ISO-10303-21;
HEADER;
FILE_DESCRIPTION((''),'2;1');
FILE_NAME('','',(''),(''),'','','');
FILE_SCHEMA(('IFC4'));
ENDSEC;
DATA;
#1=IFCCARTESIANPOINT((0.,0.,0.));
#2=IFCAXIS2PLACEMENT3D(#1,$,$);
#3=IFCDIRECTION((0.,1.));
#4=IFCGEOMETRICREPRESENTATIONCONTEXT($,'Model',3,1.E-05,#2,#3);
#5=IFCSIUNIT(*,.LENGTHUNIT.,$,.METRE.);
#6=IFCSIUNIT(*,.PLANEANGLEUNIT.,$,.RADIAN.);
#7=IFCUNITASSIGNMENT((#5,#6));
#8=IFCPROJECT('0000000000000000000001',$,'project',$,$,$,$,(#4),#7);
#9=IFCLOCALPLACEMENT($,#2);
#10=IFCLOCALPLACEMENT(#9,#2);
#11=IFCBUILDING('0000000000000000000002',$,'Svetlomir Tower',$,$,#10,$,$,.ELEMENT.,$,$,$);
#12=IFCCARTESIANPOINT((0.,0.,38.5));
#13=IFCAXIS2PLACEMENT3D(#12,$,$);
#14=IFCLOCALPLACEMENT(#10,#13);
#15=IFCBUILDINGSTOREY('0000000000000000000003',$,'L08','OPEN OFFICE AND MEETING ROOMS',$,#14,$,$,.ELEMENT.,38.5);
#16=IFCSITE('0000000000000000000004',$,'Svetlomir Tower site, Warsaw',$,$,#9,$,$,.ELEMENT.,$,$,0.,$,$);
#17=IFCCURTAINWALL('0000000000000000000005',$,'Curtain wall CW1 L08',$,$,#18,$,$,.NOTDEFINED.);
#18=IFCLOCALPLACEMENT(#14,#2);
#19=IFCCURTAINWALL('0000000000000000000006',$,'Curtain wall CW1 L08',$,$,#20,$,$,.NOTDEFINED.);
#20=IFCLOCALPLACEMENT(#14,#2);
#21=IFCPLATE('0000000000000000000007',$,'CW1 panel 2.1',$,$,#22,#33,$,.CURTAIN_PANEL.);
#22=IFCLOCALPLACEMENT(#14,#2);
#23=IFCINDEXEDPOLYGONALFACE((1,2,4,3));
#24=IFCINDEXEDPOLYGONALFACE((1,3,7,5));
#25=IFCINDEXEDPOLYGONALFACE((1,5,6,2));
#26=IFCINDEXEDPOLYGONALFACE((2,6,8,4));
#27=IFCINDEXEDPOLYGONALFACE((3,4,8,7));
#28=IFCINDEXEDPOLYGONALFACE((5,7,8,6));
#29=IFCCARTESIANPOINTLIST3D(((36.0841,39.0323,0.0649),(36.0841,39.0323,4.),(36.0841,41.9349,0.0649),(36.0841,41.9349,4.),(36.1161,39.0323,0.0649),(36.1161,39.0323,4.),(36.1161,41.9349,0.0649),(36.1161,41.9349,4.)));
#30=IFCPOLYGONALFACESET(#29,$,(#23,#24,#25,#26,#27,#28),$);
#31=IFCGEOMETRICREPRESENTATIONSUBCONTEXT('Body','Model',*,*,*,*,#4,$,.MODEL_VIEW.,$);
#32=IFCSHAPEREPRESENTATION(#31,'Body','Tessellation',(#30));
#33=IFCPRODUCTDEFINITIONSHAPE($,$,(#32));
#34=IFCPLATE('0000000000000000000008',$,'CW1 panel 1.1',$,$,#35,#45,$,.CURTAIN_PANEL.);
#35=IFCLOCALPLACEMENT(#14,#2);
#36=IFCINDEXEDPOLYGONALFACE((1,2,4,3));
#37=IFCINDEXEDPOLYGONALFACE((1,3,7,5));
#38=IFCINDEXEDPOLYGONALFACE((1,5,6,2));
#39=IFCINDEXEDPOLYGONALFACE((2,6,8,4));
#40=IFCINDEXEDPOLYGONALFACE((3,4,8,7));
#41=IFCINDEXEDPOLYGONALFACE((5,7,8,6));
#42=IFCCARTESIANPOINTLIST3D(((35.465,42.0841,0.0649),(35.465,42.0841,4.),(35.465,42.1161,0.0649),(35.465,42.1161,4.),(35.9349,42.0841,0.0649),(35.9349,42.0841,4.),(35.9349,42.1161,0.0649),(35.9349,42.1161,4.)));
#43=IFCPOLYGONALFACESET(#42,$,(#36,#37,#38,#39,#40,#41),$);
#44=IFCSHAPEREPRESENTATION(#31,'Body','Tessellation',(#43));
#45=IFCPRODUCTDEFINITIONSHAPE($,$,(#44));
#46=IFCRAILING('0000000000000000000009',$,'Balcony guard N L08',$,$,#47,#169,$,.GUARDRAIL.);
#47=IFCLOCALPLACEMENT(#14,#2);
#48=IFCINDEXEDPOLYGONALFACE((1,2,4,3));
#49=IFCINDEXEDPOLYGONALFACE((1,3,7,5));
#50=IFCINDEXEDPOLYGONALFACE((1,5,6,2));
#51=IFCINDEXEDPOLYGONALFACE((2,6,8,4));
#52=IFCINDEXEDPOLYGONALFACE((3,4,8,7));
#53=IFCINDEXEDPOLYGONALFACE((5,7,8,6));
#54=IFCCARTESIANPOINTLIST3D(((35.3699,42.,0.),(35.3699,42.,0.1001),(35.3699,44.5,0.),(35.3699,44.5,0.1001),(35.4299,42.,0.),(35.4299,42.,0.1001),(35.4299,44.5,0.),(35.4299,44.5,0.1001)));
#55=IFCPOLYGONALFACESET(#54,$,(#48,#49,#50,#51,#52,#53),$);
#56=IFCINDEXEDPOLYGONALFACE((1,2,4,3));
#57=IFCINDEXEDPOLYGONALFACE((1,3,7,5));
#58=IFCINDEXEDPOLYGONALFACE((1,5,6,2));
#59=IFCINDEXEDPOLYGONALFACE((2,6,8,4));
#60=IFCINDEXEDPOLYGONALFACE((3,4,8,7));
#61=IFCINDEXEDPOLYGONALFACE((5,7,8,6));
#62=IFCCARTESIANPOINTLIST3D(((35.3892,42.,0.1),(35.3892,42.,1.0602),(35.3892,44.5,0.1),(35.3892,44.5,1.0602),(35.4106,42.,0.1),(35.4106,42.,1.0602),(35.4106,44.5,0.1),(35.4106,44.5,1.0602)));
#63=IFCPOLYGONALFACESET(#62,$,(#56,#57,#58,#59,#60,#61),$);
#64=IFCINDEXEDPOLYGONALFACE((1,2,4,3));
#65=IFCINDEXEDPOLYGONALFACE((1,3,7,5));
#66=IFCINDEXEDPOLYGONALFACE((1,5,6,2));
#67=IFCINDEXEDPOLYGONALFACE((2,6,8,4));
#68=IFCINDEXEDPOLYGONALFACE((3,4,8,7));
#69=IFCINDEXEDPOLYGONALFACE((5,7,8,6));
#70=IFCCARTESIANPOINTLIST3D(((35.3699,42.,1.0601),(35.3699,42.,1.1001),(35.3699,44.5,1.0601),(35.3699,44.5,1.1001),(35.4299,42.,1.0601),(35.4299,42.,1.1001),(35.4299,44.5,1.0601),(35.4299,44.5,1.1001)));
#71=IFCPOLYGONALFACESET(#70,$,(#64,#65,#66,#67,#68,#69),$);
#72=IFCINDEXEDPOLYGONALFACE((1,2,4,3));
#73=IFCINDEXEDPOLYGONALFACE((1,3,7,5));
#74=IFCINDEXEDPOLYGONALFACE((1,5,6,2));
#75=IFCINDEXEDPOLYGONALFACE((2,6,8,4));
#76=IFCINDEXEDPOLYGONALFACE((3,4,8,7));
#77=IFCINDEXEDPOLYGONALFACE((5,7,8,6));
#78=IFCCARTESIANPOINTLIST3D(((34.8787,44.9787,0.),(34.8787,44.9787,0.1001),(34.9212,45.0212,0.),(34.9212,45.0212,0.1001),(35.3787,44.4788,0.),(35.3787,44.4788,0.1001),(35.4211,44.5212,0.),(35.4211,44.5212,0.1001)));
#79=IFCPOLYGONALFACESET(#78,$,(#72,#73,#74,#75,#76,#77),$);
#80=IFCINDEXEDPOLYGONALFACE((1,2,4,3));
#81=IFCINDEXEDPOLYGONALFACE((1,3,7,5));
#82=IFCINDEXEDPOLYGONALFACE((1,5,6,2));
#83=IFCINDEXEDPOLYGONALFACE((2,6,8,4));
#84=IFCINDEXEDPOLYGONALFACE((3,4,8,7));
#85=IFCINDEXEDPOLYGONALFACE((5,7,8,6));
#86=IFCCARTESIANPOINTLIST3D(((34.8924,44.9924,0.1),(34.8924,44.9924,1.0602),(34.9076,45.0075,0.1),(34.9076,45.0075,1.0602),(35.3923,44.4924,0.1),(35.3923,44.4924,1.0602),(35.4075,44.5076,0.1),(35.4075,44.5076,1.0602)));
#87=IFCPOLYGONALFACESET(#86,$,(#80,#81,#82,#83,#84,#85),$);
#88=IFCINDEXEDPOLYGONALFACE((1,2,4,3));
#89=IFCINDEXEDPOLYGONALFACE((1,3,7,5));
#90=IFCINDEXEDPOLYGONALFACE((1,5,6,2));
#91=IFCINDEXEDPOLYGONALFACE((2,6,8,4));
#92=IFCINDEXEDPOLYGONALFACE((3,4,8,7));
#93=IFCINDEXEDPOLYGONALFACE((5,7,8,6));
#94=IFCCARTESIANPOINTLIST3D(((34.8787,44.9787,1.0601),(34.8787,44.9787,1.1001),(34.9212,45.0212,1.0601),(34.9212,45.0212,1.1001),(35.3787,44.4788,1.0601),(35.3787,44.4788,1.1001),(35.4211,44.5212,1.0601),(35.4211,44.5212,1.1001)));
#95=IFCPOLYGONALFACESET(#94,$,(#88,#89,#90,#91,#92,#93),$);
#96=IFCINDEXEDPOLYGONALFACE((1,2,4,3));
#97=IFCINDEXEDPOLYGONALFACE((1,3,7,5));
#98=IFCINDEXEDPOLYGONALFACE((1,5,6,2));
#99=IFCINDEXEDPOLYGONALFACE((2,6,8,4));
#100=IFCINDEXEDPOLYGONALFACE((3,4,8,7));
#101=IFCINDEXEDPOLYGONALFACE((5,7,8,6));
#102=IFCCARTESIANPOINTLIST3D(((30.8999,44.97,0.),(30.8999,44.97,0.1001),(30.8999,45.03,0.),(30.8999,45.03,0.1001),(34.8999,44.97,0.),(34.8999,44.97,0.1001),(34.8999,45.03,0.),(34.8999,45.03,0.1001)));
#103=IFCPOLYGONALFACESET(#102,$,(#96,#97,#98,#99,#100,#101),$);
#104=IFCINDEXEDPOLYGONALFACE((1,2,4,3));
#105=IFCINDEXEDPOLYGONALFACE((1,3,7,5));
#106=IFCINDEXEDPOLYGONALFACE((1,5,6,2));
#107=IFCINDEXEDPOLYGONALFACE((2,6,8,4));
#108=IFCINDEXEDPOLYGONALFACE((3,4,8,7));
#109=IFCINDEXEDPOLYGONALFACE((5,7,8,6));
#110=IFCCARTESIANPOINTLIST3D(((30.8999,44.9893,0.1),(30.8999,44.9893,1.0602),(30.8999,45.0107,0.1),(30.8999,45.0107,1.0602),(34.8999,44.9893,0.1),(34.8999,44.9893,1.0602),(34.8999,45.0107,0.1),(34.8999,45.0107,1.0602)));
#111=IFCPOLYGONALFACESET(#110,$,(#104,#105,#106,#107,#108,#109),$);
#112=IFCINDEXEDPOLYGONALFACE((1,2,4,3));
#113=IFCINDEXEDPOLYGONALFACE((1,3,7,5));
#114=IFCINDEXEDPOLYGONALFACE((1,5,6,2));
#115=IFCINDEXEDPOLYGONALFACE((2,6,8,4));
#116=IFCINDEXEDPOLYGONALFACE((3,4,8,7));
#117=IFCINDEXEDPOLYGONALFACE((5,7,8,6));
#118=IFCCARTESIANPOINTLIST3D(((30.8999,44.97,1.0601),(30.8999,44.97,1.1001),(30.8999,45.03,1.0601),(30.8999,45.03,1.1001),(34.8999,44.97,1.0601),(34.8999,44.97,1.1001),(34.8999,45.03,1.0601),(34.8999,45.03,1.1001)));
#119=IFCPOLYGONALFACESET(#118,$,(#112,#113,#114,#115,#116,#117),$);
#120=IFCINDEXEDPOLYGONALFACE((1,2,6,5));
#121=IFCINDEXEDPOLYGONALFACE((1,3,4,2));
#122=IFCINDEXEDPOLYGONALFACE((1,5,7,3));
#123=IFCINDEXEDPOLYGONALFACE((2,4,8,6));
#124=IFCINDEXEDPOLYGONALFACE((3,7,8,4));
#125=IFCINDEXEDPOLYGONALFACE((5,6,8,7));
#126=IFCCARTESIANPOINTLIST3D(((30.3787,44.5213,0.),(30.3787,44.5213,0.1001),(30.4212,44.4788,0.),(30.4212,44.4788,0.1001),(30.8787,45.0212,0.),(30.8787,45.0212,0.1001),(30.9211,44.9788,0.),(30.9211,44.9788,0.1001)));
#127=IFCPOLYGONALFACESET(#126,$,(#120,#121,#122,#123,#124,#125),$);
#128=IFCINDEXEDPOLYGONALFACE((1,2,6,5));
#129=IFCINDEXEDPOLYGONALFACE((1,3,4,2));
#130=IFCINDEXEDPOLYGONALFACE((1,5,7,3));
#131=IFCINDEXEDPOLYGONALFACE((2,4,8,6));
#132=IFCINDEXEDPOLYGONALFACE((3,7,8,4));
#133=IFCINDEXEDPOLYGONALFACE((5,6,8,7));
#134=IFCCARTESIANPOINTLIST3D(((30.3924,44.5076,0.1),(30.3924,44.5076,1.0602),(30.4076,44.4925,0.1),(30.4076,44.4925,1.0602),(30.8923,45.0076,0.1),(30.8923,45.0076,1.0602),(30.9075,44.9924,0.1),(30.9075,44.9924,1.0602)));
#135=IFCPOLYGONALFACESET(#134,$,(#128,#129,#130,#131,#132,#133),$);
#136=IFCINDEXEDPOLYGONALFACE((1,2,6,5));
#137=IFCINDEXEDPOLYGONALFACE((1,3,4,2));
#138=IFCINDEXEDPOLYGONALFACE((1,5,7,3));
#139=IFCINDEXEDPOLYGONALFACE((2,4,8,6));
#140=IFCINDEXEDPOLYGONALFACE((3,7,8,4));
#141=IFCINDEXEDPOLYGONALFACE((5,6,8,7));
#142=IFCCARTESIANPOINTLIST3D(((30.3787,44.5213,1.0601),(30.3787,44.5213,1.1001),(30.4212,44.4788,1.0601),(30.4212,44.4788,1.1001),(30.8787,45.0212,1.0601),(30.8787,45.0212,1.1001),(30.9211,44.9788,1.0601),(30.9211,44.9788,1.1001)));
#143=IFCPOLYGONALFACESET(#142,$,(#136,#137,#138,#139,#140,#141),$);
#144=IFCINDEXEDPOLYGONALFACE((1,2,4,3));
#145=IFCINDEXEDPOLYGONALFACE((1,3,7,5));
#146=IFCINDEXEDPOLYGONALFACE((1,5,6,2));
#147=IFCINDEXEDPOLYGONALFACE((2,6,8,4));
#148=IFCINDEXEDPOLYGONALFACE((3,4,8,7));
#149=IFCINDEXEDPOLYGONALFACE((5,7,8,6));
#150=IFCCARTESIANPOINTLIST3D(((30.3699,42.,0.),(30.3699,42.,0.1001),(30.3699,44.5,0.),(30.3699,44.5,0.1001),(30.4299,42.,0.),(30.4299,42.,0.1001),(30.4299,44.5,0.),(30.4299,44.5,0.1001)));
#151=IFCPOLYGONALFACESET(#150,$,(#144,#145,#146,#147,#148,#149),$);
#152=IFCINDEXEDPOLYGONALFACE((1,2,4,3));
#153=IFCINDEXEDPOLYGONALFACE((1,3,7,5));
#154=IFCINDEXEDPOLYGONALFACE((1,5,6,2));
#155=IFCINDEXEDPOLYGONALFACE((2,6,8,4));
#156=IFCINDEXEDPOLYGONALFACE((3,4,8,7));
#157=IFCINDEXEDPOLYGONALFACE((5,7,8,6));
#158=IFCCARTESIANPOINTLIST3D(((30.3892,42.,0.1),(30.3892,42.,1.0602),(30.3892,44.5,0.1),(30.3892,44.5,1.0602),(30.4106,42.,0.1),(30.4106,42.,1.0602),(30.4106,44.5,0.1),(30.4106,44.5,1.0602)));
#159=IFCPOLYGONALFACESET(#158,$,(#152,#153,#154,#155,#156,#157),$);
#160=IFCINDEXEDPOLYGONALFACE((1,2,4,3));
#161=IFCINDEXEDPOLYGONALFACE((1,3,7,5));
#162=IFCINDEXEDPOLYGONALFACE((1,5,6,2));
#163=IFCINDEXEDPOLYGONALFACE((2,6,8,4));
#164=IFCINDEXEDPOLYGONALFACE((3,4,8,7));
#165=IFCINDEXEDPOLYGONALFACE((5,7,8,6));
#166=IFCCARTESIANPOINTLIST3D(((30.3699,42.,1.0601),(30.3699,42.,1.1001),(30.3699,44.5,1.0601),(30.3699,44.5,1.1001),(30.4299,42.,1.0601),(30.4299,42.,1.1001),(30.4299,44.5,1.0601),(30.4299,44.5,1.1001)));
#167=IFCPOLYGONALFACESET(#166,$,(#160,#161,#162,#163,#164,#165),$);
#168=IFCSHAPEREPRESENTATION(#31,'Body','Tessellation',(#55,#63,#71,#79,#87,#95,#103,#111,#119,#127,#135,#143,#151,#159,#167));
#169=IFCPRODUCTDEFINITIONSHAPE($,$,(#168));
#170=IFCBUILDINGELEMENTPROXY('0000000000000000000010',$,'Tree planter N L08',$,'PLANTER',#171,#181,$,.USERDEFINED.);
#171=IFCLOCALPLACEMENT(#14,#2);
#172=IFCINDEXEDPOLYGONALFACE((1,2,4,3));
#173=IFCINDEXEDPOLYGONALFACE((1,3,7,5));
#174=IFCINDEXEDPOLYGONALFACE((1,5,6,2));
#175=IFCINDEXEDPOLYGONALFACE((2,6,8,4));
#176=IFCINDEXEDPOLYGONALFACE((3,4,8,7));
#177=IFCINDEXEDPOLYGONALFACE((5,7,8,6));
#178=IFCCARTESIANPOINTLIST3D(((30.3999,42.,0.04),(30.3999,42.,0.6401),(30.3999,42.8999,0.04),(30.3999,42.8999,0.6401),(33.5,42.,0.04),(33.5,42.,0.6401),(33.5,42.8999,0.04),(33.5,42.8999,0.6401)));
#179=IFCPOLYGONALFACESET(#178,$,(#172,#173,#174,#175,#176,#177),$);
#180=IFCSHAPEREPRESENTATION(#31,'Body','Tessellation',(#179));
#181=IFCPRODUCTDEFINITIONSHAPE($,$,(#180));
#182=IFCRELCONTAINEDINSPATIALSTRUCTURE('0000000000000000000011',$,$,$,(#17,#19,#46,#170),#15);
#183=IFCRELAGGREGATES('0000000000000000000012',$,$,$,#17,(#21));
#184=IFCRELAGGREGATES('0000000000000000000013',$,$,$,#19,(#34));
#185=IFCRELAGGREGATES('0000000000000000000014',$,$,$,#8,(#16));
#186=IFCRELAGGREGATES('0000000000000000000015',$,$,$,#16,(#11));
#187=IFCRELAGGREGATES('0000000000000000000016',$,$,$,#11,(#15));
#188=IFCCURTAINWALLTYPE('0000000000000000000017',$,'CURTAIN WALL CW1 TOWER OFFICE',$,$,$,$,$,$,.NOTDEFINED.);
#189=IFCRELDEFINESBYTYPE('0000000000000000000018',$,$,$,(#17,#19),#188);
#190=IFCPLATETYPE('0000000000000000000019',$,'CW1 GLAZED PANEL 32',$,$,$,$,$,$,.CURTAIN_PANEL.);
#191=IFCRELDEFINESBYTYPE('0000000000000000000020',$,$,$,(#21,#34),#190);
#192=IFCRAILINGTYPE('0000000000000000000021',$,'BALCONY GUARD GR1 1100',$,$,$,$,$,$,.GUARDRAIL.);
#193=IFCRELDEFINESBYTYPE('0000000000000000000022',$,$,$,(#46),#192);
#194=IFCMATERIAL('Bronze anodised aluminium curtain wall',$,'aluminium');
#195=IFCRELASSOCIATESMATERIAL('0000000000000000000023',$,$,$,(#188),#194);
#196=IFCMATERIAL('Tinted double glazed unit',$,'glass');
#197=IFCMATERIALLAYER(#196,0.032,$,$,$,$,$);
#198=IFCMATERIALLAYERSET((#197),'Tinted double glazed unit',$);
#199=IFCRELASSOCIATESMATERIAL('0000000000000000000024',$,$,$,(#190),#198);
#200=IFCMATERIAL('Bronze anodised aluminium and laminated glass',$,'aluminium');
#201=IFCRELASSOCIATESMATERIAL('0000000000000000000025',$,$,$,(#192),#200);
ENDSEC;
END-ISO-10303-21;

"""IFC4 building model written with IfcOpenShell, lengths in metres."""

from ifc_helpers import new_model, si_unit, direction, frame, origin, origin_2d, place, context, subcontext, project, spatial, rectangle, extrude, material, layer, layer_set, type_object, element, aggregate, save


model = new_model("IFC4")

# Units and contexts
model_context = context("Model", 3, precision=1e-05, world=origin(), true_north=direction((0.0, 1.0)))
body_context = subcontext(model_context, "Body", "Model", "MODEL_VIEW")
ifc_project = project(units=[si_unit("LENGTHUNIT", "METRE"), si_unit("PLANEANGLEUNIT", "RADIAN")], contexts=[model_context])

# Site, building, storey
site_placement = place(None, origin())
site = spatial("IfcSite", under=ifc_project, at=site_placement, Name="Svetlomir Tower site, Warsaw", CompositionType="ELEMENT", RefElevation=0.0)
building_placement = place(site_placement, origin())
building = spatial("IfcBuilding", under=site, at=building_placement, Name="Svetlomir Tower", CompositionType="ELEMENT")
storey_placement = place(building_placement, frame((0.0, 0.0, 38.5)))
storey = spatial("IfcBuildingStorey", under=building, at=storey_placement, Name="L08", Description="OPEN OFFICE AND MEETING ROOMS", CompositionType="ELEMENT", Elevation=38.5)

# Shared definitions
ifc_material_1 = material(Name="Bronze anodised aluminium curtain wall", Category="aluminium")
curtain_wall_type = type_object("IfcCurtainWallType", Name="CURTAIN WALL CW1 TOWER OFFICE", PredefinedType="NOTDEFINED", material=ifc_material_1)

# Curtain walls
curtain_wall_1_placement = place(storey_placement, origin())
curtain_wall_1 = element("IfcCurtainWall", 1, at=curtain_wall_1_placement, inside=storey, type_object=curtain_wall_type, Name="Curtain wall CW1 L08", PredefinedType="NOTDEFINED")
curtain_wall_2_placement = place(storey_placement, origin())
curtain_wall_2 = element("IfcCurtainWall", 2, at=curtain_wall_2_placement, inside=storey, type_object=curtain_wall_type, Name="Curtain wall CW1 L08", PredefinedType="NOTDEFINED")

# Plates
ifc_material_2 = material(Name="Tinted double glazed unit", Category="glass")
ifc_layer_1 = layer(ifc_material_2, 0.032)
ifc_layer_set_1 = layer_set([ifc_layer_1], Name="Tinted double glazed unit")
plate_type = type_object("IfcPlateType", Name="CW1 GLAZED PANEL 32", PredefinedType="CURTAIN_PANEL", material=ifc_layer_set_1)
plate_1_placement = place(storey_placement, frame((36.1001, 40.4836, 0.0649), z_axis=(0.0, 0.0, 1.0), x_axis=(0.0, 1.0, 0.0)))
plate_1 = element("IfcPlate", 3, at=plate_1_placement, type_object=plate_type, Name="CW1 panel 2.1", PredefinedType="CURTAIN_PANEL", context=body_context, shape_type="SweptSolid", body=[
    extrude(rectangle(XDim=2.9026, YDim=0.032, at=origin_2d()), origin(), (0.0, 0.0, 1.0), 3.9351),
])
aggregate(curtain_wall_1, [plate_1])
plate_2_placement = place(storey_placement, frame((35.7, 42.1001, 0.0649), z_axis=(0.0, 0.0, 1.0), x_axis=(-1.0, 0.0, 0.0)))
plate_2 = element("IfcPlate", 4, at=plate_2_placement, type_object=plate_type, Name="CW1 panel 1.1", PredefinedType="CURTAIN_PANEL", context=body_context, shape_type="SweptSolid", body=[
    extrude(rectangle(XDim=0.47, YDim=0.032, at=origin_2d()), origin(), (0.0, 0.0, 1.0), 3.9351),
])
aggregate(curtain_wall_2, [plate_2])

# Railing
ifc_material_3 = material(Name="Bronze anodised aluminium and laminated glass", Category="aluminium")
railing_type = type_object("IfcRailingType", Name="BALCONY GUARD GR1 1100", PredefinedType="GUARDRAIL", material=ifc_material_3)
railing_placement = place(storey_placement, frame((35.3999, 42.0, 0.0)))
element("IfcRailing", 5, at=railing_placement, inside=storey, type_object=railing_type, Name="Balcony guard N L08", PredefinedType="GUARDRAIL", context=body_context, shape_type="SweptSolid", body=[
    extrude(rectangle(XDim=0.0601, YDim=0.1001, at=origin_2d()), frame((0.0, 0.0, 0.05), z_axis=(0.0, 1.0, 0.0), x_axis=(-1.0, 0.0, 0.0)), (0.0, 0.0, 1.0), 2.5),
    extrude(rectangle(XDim=0.0215, YDim=0.9602, at=origin_2d()), frame((0.0, 0.0, 0.5801), z_axis=(0.0, 1.0, 0.0), x_axis=(-1.0, 0.0, 0.0)), (0.0, 0.0, 1.0), 2.5),
    extrude(rectangle(XDim=0.0601, YDim=0.04, at=origin_2d()), frame((0.0, 0.0, 1.0801), z_axis=(0.0, 1.0, 0.0), x_axis=(-1.0, 0.0, 0.0)), (0.0, 0.0, 1.0), 2.5),
    extrude(rectangle(XDim=0.0601, YDim=0.1001, at=origin_2d()), frame((0.0, 2.5, 0.05), z_axis=(-0.707107, 0.707107, 0.0), x_axis=(-0.707107, -0.707107, 0.0)), (0.0, 0.0, 1.0), 0.707),
    extrude(rectangle(XDim=0.0215, YDim=0.9602, at=origin_2d()), frame((0.0, 2.5, 0.5801), z_axis=(-0.707107, 0.707107, 0.0), x_axis=(-0.707107, -0.707107, 0.0)), (0.0, 0.0, 1.0), 0.707),
    extrude(rectangle(XDim=0.0601, YDim=0.04, at=origin_2d()), frame((0.0, 2.5, 1.0801), z_axis=(-0.707107, 0.707107, 0.0), x_axis=(-0.707107, -0.707107, 0.0)), (0.0, 0.0, 1.0), 0.707),
    extrude(rectangle(XDim=0.0601, YDim=0.1001, at=origin_2d()), frame((-0.5, 3.0, 0.05), z_axis=(-1.0, 0.0, 0.0), x_axis=(0.0, -1.0, 0.0)), (0.0, 0.0, 1.0), 4.0),
    extrude(rectangle(XDim=0.0215, YDim=0.9602, at=origin_2d()), frame((-0.5, 3.0, 0.5801), z_axis=(-1.0, 0.0, 0.0), x_axis=(0.0, -1.0, 0.0)), (0.0, 0.0, 1.0), 4.0),
    extrude(rectangle(XDim=0.0601, YDim=0.04, at=origin_2d()), frame((-0.5, 3.0, 1.0801), z_axis=(-1.0, 0.0, 0.0), x_axis=(0.0, -1.0, 0.0)), (0.0, 0.0, 1.0), 4.0),
    extrude(rectangle(XDim=0.0601, YDim=0.1001, at=origin_2d()), frame((-4.5, 3.0, 0.05), z_axis=(-0.707107, -0.707107, 0.0), x_axis=(0.707107, -0.707107, 0.0)), (0.0, 0.0, 1.0), 0.707),
    extrude(rectangle(XDim=0.0215, YDim=0.9602, at=origin_2d()), frame((-4.5, 3.0, 0.5801), z_axis=(-0.707107, -0.707107, 0.0), x_axis=(0.707107, -0.707107, 0.0)), (0.0, 0.0, 1.0), 0.707),
    extrude(rectangle(XDim=0.0601, YDim=0.04, at=origin_2d()), frame((-4.5, 3.0, 1.0801), z_axis=(-0.707107, -0.707107, 0.0), x_axis=(0.707107, -0.707107, 0.0)), (0.0, 0.0, 1.0), 0.707),
    extrude(rectangle(XDim=0.0601, YDim=0.1001, at=origin_2d()), frame((-5.0, 2.5, 0.05), z_axis=(0.0, -1.0, 0.0), x_axis=(1.0, 0.0, 0.0)), (0.0, 0.0, 1.0), 2.5),
    extrude(rectangle(XDim=0.0215, YDim=0.9602, at=origin_2d()), frame((-5.0, 2.5, 0.5801), z_axis=(0.0, -1.0, 0.0), x_axis=(1.0, 0.0, 0.0)), (0.0, 0.0, 1.0), 2.5),
    extrude(rectangle(XDim=0.0601, YDim=0.04, at=origin_2d()), frame((-5.0, 2.5, 1.0801), z_axis=(0.0, -1.0, 0.0), x_axis=(1.0, 0.0, 0.0)), (0.0, 0.0, 1.0), 2.5),
])

# Building element proxy
proxy_placement = place(storey_placement, frame((31.95, 42.45, 0.04), z_axis=(0.0, 0.0, 1.0), x_axis=(1.0, 0.0, 0.0)))
element("IfcBuildingElementProxy", 6, at=proxy_placement, inside=storey, Name="Tree planter N L08", ObjectType="PLANTER", PredefinedType="USERDEFINED", context=body_context, shape_type="SweptSolid", body=[
    extrude(rectangle(XDim=3.1001, YDim=0.8999, at=origin_2d()), origin(), (0.0, 0.0, 1.0), 0.6001),
])

save(model, "model.ifc")
